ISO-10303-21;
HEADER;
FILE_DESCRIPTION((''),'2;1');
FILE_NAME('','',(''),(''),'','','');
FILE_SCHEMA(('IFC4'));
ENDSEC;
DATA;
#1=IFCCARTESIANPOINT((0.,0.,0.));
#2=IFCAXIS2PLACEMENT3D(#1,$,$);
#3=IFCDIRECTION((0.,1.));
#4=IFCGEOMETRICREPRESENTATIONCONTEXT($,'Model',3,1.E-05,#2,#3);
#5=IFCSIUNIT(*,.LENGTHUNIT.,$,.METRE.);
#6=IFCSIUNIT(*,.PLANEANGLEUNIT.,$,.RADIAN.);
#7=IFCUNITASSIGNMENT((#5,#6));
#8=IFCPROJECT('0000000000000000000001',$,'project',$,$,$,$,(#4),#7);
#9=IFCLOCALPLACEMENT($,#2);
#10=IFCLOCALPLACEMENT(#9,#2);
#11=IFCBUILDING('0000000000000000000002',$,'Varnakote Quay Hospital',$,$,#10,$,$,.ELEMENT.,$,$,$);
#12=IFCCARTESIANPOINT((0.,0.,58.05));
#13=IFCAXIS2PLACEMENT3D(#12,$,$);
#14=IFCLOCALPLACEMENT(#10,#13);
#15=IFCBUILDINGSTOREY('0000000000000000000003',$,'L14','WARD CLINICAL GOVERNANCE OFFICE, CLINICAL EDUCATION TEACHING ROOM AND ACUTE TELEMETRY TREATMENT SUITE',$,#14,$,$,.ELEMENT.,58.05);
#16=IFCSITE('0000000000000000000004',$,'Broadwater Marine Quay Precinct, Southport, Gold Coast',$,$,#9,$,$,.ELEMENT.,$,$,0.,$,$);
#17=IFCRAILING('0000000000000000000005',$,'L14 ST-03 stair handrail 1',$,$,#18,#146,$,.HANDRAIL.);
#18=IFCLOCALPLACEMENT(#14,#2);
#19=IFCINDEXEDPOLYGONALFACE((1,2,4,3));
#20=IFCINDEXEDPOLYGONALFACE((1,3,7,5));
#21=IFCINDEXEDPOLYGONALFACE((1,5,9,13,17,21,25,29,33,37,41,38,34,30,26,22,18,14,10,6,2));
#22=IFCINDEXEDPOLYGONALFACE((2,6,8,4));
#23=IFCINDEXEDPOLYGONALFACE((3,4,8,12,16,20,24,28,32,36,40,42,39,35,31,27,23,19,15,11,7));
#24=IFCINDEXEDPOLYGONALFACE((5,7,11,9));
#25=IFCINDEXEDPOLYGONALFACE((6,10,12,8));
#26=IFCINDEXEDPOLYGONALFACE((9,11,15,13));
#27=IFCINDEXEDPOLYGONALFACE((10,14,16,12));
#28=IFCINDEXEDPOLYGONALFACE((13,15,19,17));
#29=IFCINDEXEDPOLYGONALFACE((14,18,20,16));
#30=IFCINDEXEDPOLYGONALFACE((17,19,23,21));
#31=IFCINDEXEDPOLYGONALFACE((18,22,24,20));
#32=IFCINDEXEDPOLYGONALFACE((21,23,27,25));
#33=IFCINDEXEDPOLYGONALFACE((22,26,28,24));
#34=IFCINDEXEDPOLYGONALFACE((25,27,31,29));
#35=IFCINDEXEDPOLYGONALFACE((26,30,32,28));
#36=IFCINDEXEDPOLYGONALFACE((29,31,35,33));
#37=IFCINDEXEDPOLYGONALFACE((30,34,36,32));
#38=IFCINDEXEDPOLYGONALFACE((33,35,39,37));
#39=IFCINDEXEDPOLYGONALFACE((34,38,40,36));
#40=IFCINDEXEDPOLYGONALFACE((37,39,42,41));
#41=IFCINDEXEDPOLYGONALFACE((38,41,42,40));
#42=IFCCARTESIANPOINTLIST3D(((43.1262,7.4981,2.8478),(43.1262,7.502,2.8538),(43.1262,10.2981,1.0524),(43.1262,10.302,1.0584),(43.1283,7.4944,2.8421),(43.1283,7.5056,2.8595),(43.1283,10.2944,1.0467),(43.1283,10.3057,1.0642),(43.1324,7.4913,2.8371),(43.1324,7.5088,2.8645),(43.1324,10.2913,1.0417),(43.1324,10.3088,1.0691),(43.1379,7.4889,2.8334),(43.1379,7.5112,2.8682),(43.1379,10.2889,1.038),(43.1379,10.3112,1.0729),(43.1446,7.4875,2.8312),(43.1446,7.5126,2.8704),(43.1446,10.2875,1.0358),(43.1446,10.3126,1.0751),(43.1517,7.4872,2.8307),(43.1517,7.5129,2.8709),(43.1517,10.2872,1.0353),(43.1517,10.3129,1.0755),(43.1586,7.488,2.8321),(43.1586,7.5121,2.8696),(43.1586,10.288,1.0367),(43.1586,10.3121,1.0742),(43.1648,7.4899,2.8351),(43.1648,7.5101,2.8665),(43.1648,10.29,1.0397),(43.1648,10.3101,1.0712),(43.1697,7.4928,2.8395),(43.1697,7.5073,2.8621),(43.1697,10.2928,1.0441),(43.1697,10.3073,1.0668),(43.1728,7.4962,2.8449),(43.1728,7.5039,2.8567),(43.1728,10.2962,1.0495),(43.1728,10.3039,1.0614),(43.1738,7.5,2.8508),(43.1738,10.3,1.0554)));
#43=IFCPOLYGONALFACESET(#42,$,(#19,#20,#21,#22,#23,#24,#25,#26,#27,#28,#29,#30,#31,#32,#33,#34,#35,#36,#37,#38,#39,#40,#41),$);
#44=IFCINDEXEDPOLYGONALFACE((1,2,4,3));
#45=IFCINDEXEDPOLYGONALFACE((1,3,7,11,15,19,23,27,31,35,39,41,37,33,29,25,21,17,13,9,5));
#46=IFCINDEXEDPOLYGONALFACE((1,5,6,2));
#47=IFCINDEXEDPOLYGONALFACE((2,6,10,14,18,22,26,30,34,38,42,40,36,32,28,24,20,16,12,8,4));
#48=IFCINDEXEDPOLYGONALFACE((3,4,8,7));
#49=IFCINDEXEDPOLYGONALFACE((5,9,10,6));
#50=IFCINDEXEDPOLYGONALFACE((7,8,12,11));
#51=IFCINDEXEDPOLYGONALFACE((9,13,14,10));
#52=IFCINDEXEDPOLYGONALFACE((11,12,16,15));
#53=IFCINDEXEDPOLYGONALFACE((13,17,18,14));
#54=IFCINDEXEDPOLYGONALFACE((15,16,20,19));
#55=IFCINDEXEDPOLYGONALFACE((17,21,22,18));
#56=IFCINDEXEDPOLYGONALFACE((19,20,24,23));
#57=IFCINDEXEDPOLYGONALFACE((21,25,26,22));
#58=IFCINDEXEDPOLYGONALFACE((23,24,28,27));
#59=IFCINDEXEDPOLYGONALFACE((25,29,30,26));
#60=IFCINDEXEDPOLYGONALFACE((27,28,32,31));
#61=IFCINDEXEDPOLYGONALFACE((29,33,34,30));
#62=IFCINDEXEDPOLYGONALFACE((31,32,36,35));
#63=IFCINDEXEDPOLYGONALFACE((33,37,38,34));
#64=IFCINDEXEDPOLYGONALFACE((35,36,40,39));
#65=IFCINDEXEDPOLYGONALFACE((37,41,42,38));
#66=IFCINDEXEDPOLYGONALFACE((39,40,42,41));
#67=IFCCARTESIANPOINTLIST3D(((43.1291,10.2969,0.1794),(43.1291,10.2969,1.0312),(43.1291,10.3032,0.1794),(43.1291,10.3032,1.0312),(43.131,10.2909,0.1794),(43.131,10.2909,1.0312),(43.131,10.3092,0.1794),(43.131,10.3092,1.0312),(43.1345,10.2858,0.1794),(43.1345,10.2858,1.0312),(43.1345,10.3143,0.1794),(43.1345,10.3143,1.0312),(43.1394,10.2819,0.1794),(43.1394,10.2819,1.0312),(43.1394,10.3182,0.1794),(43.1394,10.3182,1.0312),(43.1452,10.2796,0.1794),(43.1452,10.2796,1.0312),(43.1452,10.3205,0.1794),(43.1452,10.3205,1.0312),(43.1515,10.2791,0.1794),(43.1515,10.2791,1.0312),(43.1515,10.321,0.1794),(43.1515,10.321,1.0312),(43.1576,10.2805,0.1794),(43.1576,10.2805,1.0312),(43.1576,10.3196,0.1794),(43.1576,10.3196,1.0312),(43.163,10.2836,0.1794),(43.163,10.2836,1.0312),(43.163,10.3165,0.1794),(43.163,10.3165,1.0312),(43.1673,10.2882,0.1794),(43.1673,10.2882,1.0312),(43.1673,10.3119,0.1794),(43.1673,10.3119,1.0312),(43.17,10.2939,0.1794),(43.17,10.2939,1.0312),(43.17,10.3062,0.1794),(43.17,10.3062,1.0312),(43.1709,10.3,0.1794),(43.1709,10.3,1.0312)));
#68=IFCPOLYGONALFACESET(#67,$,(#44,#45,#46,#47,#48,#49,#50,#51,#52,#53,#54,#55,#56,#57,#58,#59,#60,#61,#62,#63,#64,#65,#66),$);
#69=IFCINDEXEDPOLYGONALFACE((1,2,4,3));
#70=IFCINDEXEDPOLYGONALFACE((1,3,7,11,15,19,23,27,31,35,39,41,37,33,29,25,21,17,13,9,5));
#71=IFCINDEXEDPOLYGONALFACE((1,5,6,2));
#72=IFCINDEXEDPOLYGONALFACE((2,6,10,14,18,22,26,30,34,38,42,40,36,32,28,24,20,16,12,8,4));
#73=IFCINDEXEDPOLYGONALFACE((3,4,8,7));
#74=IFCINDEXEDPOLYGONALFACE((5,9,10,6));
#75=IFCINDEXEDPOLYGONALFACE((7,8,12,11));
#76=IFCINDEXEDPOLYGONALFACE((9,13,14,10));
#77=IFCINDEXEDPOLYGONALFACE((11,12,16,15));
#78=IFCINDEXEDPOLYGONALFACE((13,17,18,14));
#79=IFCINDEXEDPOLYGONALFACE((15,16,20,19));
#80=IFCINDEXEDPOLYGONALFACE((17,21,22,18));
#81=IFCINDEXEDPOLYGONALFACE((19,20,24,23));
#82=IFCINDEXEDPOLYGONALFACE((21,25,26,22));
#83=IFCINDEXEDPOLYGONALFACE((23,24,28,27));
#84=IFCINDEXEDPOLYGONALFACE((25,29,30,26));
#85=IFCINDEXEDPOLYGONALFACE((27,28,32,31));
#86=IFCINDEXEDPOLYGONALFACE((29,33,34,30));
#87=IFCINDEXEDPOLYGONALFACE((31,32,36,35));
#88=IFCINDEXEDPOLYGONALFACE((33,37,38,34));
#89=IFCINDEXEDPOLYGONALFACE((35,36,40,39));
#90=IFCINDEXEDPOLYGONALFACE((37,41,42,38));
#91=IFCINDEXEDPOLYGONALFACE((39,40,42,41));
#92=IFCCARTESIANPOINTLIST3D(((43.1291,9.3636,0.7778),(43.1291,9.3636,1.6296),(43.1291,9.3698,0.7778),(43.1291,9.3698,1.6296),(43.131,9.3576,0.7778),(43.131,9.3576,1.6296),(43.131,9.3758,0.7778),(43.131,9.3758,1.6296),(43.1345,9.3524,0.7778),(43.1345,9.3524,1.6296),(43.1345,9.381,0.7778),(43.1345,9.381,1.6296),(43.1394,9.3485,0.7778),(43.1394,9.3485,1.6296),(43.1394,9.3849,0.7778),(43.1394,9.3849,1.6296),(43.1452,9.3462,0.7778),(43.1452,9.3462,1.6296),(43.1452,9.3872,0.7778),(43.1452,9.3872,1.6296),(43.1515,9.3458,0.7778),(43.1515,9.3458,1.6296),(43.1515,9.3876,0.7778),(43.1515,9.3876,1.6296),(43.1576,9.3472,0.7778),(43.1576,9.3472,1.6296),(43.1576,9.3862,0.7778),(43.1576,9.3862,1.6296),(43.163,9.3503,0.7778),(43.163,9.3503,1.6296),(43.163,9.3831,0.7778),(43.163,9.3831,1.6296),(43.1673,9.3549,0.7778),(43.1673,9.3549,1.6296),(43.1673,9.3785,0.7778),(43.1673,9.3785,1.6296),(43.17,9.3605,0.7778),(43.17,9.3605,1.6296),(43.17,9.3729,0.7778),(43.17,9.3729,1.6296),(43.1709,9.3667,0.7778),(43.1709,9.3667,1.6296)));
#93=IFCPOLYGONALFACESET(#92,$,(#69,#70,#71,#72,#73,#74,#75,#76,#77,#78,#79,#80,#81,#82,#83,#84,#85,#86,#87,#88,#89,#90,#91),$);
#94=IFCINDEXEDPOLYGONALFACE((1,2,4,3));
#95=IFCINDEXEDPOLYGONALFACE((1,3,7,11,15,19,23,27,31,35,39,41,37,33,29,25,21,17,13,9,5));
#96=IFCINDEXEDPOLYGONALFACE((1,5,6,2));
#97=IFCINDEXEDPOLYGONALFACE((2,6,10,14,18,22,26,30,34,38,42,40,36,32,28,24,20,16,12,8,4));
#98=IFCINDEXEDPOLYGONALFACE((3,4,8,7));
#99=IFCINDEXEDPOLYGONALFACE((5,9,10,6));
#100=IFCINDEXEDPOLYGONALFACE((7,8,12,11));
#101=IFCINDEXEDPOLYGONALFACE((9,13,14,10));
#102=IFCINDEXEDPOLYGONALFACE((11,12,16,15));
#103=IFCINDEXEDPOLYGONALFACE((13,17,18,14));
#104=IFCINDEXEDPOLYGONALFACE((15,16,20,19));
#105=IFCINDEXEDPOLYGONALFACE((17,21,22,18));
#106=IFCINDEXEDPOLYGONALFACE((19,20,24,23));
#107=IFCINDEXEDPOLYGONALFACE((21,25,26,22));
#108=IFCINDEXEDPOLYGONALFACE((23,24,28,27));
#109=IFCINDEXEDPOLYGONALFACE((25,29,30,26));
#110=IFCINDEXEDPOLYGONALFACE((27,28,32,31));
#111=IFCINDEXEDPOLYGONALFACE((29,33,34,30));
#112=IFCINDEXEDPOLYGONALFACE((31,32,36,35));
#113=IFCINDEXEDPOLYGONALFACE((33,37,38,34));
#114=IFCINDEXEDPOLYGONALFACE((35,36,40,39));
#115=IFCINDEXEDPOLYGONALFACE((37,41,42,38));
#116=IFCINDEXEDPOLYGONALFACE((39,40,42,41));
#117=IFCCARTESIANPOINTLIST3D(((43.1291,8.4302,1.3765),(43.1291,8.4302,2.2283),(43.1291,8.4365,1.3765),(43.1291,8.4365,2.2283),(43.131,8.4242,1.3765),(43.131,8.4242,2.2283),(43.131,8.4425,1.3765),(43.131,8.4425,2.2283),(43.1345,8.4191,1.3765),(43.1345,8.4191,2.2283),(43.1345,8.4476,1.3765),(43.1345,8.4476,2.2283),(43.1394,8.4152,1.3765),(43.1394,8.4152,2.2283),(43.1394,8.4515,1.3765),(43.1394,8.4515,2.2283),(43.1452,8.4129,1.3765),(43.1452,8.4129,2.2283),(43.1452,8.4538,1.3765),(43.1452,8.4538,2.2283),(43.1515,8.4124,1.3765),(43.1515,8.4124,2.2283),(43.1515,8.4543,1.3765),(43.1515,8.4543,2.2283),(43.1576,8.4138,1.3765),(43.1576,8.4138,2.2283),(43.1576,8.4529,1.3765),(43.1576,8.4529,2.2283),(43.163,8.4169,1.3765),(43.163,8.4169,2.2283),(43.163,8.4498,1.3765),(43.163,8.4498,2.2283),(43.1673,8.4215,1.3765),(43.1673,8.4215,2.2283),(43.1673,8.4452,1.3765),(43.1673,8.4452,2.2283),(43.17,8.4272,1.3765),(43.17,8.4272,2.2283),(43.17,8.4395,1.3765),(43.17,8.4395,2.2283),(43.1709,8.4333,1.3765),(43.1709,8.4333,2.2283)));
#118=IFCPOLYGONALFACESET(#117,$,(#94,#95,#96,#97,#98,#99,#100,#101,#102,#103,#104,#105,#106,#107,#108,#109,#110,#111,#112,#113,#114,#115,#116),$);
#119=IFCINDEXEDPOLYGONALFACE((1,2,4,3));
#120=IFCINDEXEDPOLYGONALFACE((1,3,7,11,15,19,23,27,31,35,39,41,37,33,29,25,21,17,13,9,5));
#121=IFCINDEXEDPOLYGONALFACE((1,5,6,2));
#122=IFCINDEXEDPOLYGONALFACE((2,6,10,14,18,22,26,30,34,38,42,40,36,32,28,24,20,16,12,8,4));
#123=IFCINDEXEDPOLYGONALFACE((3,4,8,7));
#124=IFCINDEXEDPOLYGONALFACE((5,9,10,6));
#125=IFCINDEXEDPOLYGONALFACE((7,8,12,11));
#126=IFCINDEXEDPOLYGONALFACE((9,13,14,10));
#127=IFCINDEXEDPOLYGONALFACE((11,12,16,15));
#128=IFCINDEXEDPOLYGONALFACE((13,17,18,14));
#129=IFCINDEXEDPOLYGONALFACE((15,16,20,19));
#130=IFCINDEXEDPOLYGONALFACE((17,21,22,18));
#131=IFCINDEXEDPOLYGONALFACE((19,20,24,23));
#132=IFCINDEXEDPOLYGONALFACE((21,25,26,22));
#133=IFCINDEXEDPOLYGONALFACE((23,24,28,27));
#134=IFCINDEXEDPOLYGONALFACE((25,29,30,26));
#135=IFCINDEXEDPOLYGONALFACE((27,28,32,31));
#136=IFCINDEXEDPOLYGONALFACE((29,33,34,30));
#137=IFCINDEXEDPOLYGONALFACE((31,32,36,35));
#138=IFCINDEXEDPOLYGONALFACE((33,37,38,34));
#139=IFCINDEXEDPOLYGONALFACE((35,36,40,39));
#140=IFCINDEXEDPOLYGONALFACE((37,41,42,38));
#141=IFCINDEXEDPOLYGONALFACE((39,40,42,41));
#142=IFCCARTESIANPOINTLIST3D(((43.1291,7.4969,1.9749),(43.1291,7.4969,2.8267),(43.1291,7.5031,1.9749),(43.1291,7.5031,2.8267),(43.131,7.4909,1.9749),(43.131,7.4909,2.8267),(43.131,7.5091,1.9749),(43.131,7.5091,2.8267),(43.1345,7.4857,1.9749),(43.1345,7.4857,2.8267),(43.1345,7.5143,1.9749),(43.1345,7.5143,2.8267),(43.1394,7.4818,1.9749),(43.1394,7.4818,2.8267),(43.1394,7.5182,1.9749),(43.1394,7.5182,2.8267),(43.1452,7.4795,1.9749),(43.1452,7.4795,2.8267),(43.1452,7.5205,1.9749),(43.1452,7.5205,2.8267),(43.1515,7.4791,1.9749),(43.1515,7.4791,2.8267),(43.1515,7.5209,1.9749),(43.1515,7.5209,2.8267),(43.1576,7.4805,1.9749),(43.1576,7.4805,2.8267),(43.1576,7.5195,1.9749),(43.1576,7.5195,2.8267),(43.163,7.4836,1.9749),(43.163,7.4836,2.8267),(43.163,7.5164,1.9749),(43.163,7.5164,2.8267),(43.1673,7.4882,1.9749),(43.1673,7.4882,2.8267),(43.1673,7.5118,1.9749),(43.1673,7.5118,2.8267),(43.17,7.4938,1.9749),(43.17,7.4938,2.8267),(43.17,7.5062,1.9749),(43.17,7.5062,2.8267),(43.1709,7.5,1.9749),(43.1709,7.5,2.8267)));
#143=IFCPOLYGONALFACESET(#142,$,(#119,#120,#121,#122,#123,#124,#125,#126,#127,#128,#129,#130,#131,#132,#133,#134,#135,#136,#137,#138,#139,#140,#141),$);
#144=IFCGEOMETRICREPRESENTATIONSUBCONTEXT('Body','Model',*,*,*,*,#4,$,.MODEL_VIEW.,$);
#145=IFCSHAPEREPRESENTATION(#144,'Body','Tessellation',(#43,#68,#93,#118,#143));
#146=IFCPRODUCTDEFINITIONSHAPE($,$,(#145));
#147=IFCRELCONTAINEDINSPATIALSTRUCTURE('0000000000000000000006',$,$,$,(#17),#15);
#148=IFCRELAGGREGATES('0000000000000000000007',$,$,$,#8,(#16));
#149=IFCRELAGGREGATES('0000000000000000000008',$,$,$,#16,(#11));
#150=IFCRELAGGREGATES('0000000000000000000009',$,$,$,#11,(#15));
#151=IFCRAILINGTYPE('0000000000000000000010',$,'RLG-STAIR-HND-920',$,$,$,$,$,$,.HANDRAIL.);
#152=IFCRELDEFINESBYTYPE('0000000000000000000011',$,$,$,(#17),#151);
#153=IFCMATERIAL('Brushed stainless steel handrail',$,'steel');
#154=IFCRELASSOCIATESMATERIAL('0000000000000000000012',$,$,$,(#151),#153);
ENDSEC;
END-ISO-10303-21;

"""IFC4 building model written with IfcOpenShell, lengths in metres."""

from ifc_helpers import new_model, si_unit, direction, frame, origin, origin_2d, place, context, subcontext, project, spatial, circle, extrude, material, type_object, element, save


model = new_model("IFC4")

# Units and contexts
model_context = context("Model", 3, precision=1e-05, world=origin(), true_north=direction((0.0, 1.0)))
body_context = subcontext(model_context, "Body", "Model", "MODEL_VIEW")
ifc_project = project(units=[si_unit("LENGTHUNIT", "METRE"), si_unit("PLANEANGLEUNIT", "RADIAN")], contexts=[model_context])

# Site, building, storey
site_placement = place(None, origin())
site = spatial("IfcSite", under=ifc_project, at=site_placement, Name="Broadwater Marine Quay Precinct, Southport, Gold Coast", CompositionType="ELEMENT", RefElevation=0.0)
building_placement = place(site_placement, origin())
building = spatial("IfcBuilding", under=site, at=building_placement, Name="Varnakote Quay Hospital", CompositionType="ELEMENT")
storey_placement = place(building_placement, frame((0.0, 0.0, 58.05)))
storey = spatial("IfcBuildingStorey", under=building, at=storey_placement, Name="L14", Description="WARD CLINICAL GOVERNANCE OFFICE, CLINICAL EDUCATION TEACHING ROOM AND ACUTE TELEMETRY TREATMENT SUITE", CompositionType="ELEMENT", Elevation=58.05)

# Railing
ifc_material_1 = material(Name="Brushed stainless steel handrail", Category="steel")
railing_type_1 = type_object("IfcRailingType", Name="RLG-STAIR-HND-920", PredefinedType="HANDRAIL", material=ifc_material_1)
railing_1_placement = place(storey_placement, frame((43.1499, 10.3, 0.1794)))
element("IfcRailing", 1, at=railing_1_placement, inside=storey, type_object=railing_type_1, Name="L14 ST-03 stair handrail 1", PredefinedType="HANDRAIL", context=body_context, shape_type="SweptSolid", body=[
    extrude(circle(Radius=0.0239, at=origin_2d()), frame((0.0, 0.0, 0.876), z_axis=(0.0, -0.84181, 0.539774), x_axis=(1.0, 0.0, 0.0)), (0.0, 0.0, 1.0), 3.3262),
    extrude(circle(Radius=0.021, at=origin_2d()), origin(), (0.0, 0.0, 1.0), 0.8518),
    extrude(circle(Radius=0.021, at=origin_2d()), frame((0.0, -0.9333, 0.5984)), (0.0, 0.0, 1.0), 0.8518),
    extrude(circle(Radius=0.021, at=origin_2d()), frame((0.0, -1.8667, 1.197)), (0.0, 0.0, 1.0), 0.8518),
    extrude(circle(Radius=0.021, at=origin_2d()), frame((0.0, -2.8, 1.7954)), (0.0, 0.0, 1.0), 0.8518),
])

save(model, "model.ifc")
